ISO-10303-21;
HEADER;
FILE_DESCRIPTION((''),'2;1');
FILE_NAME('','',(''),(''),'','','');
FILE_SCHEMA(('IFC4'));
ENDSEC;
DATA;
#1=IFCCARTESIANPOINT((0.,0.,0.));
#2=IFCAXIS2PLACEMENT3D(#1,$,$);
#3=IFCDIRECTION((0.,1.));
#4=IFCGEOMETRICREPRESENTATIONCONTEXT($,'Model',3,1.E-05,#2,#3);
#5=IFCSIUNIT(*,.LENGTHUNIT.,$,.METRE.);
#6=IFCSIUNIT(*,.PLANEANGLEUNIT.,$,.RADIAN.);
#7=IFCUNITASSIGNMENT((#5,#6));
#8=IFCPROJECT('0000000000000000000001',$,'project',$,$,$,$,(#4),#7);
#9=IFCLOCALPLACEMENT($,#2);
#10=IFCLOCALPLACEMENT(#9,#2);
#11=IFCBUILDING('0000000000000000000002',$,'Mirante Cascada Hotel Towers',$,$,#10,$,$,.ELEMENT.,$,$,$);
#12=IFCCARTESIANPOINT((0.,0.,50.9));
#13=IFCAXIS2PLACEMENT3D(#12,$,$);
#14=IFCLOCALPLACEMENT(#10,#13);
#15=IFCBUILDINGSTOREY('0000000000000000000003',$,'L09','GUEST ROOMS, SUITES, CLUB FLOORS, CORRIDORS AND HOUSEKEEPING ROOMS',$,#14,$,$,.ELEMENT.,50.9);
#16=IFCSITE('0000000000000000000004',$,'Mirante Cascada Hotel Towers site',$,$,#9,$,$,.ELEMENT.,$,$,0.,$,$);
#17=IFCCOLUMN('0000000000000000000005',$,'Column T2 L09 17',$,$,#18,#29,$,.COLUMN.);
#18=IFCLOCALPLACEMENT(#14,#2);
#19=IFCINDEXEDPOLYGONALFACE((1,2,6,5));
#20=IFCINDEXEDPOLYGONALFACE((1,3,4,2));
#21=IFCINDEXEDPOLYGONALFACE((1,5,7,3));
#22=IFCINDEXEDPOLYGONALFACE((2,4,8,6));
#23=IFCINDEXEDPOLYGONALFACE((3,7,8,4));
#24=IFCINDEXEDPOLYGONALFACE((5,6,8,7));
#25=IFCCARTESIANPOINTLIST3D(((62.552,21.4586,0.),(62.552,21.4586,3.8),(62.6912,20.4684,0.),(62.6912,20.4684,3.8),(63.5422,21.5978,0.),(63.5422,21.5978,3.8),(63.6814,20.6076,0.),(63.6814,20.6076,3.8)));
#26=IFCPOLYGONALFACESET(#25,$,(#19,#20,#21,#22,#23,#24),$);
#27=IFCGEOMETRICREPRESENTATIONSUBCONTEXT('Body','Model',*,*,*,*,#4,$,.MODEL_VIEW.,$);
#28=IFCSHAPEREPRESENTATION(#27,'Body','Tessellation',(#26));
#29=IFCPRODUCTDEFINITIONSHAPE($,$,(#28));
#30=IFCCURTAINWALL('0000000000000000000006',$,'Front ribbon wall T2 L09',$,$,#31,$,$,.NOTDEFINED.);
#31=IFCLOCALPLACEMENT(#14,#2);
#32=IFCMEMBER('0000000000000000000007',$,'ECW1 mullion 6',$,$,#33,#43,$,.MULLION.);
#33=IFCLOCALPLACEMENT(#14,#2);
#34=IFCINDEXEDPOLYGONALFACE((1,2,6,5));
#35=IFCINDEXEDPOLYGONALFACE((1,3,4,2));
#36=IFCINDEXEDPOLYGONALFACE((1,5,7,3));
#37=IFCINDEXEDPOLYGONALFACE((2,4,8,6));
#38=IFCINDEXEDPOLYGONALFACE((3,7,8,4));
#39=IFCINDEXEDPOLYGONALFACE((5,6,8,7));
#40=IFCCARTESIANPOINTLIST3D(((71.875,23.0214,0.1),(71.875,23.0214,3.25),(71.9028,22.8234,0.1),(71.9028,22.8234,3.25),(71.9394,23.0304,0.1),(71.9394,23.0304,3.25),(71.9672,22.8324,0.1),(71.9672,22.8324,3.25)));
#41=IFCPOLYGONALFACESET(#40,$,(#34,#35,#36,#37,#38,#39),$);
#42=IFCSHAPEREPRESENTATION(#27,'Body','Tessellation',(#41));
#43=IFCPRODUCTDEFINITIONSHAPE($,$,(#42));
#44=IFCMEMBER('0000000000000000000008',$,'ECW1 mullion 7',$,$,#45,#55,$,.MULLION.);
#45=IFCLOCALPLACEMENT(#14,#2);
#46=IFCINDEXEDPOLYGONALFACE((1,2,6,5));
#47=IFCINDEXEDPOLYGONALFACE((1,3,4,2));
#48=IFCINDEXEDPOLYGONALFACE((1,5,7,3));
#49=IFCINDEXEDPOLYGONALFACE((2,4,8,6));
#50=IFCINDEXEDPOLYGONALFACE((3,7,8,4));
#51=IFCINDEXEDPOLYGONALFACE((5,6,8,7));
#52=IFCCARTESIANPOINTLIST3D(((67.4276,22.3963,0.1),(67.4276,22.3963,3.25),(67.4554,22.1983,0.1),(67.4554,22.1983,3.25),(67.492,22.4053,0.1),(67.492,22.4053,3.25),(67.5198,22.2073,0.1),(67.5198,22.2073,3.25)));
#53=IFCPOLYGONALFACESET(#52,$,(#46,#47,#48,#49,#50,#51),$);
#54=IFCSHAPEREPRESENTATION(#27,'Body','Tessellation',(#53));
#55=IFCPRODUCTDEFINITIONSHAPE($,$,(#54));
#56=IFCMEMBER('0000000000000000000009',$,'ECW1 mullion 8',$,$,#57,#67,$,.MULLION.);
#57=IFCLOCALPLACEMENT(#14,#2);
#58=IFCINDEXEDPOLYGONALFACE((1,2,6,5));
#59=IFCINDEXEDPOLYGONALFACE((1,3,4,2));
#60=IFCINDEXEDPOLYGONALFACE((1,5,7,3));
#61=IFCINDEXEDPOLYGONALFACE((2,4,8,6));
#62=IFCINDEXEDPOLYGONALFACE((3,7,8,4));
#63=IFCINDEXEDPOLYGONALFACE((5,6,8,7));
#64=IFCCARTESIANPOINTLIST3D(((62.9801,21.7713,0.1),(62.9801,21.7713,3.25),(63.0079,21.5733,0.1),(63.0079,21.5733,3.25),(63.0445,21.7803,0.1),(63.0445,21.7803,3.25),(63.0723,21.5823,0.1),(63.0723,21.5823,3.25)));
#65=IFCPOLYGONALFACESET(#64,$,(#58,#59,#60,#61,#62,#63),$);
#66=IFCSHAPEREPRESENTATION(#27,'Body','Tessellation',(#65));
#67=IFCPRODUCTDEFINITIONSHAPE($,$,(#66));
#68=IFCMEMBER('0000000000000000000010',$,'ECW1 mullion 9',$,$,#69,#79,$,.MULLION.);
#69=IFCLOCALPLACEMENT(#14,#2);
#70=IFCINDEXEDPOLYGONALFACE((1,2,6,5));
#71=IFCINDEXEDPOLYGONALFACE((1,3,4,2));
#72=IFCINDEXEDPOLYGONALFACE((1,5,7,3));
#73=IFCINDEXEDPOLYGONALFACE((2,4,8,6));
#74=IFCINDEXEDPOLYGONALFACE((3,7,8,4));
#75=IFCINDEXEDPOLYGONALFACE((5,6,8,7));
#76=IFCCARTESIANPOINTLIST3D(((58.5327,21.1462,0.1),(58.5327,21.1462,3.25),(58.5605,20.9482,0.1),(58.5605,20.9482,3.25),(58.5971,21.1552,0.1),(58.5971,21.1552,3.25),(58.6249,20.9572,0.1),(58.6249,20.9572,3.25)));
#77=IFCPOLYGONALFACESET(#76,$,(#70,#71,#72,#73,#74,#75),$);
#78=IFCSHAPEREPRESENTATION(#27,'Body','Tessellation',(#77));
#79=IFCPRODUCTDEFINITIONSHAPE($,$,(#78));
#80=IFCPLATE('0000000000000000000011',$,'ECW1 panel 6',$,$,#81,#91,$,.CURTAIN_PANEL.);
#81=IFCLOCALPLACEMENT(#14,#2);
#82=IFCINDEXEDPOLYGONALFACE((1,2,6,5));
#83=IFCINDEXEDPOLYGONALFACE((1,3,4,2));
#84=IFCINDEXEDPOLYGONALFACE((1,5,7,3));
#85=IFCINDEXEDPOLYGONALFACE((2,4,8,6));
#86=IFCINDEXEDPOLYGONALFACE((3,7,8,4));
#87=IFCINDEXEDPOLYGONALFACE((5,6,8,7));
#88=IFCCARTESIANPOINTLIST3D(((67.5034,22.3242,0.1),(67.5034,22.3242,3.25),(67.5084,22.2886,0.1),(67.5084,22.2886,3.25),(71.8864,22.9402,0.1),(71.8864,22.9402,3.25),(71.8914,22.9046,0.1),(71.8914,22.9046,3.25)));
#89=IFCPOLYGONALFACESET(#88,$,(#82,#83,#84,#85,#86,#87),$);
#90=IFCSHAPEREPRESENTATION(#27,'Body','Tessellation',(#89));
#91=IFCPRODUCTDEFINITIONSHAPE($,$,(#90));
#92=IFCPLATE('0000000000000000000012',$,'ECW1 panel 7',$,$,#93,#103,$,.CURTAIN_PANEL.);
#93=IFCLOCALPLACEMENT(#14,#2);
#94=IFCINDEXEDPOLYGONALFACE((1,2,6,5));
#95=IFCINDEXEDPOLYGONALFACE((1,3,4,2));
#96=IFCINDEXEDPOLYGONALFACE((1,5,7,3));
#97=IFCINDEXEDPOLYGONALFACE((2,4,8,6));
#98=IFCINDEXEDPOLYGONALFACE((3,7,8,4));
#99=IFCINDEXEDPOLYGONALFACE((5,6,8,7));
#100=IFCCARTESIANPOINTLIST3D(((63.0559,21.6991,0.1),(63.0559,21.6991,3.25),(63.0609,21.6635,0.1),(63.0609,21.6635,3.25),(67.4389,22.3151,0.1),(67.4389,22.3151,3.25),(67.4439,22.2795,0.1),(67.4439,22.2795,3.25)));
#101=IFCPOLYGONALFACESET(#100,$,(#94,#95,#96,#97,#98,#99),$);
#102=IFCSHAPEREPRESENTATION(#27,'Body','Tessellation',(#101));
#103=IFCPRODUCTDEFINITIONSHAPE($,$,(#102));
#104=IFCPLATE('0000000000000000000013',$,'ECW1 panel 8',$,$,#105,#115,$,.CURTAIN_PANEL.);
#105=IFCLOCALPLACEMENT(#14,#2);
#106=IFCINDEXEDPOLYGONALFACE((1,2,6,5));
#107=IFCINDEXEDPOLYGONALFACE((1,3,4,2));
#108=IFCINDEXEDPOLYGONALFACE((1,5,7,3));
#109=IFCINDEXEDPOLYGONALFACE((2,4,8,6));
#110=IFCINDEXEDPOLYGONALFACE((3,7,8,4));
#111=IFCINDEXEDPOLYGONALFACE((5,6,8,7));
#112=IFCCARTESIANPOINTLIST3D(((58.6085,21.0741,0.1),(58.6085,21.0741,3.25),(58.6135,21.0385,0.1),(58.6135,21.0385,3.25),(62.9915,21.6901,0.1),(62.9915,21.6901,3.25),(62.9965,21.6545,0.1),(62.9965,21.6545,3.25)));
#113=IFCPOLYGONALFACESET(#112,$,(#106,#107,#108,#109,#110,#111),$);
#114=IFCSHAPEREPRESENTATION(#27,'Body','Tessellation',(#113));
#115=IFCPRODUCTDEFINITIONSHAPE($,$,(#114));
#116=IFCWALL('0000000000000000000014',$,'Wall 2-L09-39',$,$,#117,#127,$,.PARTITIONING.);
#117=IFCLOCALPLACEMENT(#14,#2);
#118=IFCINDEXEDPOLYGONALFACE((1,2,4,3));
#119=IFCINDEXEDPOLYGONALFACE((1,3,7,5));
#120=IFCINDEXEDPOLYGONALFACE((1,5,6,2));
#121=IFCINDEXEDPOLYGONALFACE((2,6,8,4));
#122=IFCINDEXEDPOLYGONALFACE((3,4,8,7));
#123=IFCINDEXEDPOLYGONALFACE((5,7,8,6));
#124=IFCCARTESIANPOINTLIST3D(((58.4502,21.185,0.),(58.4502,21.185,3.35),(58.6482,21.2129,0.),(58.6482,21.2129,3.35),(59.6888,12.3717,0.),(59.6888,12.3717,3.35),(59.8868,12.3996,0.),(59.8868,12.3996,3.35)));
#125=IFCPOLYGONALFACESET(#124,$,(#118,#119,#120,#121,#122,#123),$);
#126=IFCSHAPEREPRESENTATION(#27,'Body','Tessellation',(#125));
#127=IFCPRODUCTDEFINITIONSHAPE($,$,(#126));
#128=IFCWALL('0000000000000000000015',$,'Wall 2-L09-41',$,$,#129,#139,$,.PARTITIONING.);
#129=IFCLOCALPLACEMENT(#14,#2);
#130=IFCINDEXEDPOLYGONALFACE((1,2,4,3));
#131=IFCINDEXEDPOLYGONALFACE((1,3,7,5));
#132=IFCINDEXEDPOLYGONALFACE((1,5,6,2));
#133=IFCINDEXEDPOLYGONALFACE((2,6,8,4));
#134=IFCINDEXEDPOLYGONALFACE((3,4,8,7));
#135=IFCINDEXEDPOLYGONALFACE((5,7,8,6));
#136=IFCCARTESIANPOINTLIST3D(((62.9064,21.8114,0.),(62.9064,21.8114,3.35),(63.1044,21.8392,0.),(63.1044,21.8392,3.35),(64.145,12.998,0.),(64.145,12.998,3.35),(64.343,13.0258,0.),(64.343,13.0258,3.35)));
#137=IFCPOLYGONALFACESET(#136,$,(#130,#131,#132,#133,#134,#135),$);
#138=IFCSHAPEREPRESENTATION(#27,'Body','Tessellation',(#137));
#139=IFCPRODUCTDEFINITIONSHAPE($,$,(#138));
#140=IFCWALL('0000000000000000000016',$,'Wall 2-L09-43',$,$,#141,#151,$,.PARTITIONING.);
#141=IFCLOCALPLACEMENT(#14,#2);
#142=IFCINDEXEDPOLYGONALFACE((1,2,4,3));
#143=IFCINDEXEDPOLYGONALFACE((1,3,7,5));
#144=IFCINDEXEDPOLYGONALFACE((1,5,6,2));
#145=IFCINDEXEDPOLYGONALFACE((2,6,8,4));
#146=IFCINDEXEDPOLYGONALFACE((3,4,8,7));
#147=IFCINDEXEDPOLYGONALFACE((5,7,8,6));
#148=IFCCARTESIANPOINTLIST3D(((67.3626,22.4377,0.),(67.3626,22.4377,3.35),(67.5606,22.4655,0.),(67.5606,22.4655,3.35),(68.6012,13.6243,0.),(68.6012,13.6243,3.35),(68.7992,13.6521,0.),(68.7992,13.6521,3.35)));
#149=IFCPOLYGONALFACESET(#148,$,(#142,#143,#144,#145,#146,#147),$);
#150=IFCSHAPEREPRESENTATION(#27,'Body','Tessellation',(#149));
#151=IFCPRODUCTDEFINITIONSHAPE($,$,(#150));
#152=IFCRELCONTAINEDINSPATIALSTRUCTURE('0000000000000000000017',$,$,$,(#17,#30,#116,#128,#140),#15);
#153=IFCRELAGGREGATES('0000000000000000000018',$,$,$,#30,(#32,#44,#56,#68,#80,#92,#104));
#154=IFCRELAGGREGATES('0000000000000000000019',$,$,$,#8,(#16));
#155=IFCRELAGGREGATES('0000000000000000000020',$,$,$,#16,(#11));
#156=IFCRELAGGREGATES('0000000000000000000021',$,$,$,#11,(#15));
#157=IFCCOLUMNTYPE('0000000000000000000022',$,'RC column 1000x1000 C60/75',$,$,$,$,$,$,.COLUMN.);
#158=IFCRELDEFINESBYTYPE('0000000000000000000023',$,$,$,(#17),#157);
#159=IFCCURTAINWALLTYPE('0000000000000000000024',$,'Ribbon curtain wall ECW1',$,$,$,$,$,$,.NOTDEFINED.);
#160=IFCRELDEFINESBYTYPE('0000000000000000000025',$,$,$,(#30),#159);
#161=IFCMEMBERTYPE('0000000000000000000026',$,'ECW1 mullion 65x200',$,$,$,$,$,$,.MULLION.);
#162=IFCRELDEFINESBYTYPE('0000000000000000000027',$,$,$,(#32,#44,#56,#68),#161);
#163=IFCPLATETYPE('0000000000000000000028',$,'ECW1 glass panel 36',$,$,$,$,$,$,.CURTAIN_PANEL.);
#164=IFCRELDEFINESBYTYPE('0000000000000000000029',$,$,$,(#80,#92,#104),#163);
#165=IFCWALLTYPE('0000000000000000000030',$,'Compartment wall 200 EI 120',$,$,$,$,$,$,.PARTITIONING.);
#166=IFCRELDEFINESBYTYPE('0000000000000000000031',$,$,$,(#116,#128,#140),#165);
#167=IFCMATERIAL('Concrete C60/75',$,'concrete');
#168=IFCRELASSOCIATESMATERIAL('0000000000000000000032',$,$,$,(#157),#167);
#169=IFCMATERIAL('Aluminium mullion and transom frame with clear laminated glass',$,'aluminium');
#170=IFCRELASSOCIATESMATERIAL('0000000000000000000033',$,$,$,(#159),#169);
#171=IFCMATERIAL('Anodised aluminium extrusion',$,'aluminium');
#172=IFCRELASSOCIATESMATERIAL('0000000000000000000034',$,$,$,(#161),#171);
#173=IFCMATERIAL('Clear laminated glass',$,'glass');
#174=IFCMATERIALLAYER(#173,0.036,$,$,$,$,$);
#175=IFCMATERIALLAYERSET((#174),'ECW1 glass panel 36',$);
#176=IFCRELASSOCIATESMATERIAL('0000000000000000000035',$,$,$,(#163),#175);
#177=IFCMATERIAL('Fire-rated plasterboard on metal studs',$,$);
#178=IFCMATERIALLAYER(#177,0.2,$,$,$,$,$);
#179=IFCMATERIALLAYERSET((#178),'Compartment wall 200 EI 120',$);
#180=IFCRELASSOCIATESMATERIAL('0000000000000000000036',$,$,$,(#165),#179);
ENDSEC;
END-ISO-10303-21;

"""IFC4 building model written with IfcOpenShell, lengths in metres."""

from ifc_helpers import new_model, si_unit, direction, frame, frame_2d, origin, origin_2d, place, context, subcontext, project, spatial, rectangle, extrude, material, layer, layer_set, material_profile, profile_set, type_object, element, aggregate, save


model = new_model("IFC4")

# Units and contexts
model_context = context("Model", 3, precision=1e-05, world=origin(), true_north=direction((0.0, 1.0)))
body_context = subcontext(model_context, "Body", "Model", "MODEL_VIEW")
ifc_project = project(units=[si_unit("LENGTHUNIT", "METRE"), si_unit("PLANEANGLEUNIT", "RADIAN")], contexts=[model_context])

# Site, building, storey
site_placement = place(None, origin())
site = spatial("IfcSite", under=ifc_project, at=site_placement, Name="Mirante Cascada Hotel Towers site", CompositionType="ELEMENT", RefElevation=0.0)
building_placement = place(site_placement, origin())
building = spatial("IfcBuilding", under=site, at=building_placement, Name="Mirante Cascada Hotel Towers", CompositionType="ELEMENT")
storey_placement = place(building_placement, frame((0.0, 0.0, 50.9)))
storey = spatial("IfcBuildingStorey", under=building, at=storey_placement, Name="L09", Description="GUEST ROOMS, SUITES, CLUB FLOORS, CORRIDORS AND HOUSEKEEPING ROOMS", CompositionType="ELEMENT", Elevation=50.9)

# Column
ifc_material_1 = material(Name="Concrete C60/75", Category="concrete")
ifc_material_profile_1 = material_profile(ifc_material_1, rectangle(XDim=1.0, YDim=1.0, at=origin_2d()), Name="RC column 1000x1000 C60/75")
ifc_profile_set_1 = profile_set([ifc_material_profile_1], Name="Concrete C60/75")
column_type = type_object("IfcColumnType", Name="RC column 1000x1000 C60/75", PredefinedType="COLUMN", material=ifc_profile_set_1)
column_placement = place(storey_placement, frame((63.1167, 21.0331, 0.0), z_axis=(0.0, 0.0, 1.0), x_axis=(0.990268, 0.139173, 0.0)))
element("IfcColumn", 1, at=column_placement, inside=storey, type_object=column_type, Name="Column T2 L09 17", PredefinedType="COLUMN", context=body_context, shape_type="SweptSolid", body=[
    extrude(rectangle(XDim=1.0, YDim=1.0, at=origin_2d()), origin(), (0.0, 0.0, 1.0), 3.8),
])

# Curtain wall, members, plates
ifc_material_2 = material(Name="Aluminium mullion and transom frame with clear laminated glass", Category="aluminium")
curtain_wall_type = type_object("IfcCurtainWallType", Name="Ribbon curtain wall ECW1", PredefinedType="NOTDEFINED", material=ifc_material_2)
curtain_wall_placement = place(storey_placement, origin())
curtain_wall = element("IfcCurtainWall", 2, at=curtain_wall_placement, inside=storey, type_object=curtain_wall_type, Name="Front ribbon wall T2 L09", PredefinedType="NOTDEFINED")
ifc_material_3 = material(Name="Anodised aluminium extrusion", Category="aluminium")
ifc_material_profile_2 = material_profile(ifc_material_3, rectangle(XDim=0.2, YDim=0.065, at=origin_2d()), Name="ECW1 MULLION 65x200")
ifc_profile_set_2 = profile_set([ifc_material_profile_2], Name="Anodised aluminium extrusion")
member_type = type_object("IfcMemberType", Name="ECW1 mullion 65x200", PredefinedType="MULLION", material=ifc_profile_set_2)
member_1_placement = place(storey_placement, frame((71.9211, 22.9269, 0.1), z_axis=(0.0, 0.0, 1.0), x_axis=(0.139173, -0.990268, 0.0)))
member_1 = element("IfcMember", 3, at=member_1_placement, type_object=member_type, Name="ECW1 mullion 6", PredefinedType="MULLION", context=body_context, shape_type="SweptSolid", body=[
    extrude(rectangle(XDim=0.2, YDim=0.065, at=origin_2d()), origin(), (0.0, 0.0, 1.0), 3.15),
])
member_2_placement = place(storey_placement, frame((67.4737, 22.3018, 0.1), z_axis=(0.0, 0.0, 1.0), x_axis=(0.139173, -0.990268, 0.0)))
member_2 = element("IfcMember", 4, at=member_2_placement, type_object=member_type, Name="ECW1 mullion 7", PredefinedType="MULLION", context=body_context, shape_type="SweptSolid", body=[
    extrude(rectangle(XDim=0.2, YDim=0.065, at=origin_2d()), origin(), (0.0, 0.0, 1.0), 3.15),
])
member_3_placement = place(storey_placement, frame((63.0262, 21.6768, 0.1), z_axis=(0.0, 0.0, 1.0), x_axis=(0.139173, -0.990268, 0.0)))
member_3 = element("IfcMember", 5, at=member_3_placement, type_object=member_type, Name="ECW1 mullion 8", PredefinedType="MULLION", context=body_context, shape_type="SweptSolid", body=[
    extrude(rectangle(XDim=0.2, YDim=0.065, at=origin_2d()), origin(), (0.0, 0.0, 1.0), 3.15),
])
member_4_placement = place(storey_placement, frame((58.5788, 21.0517, 0.1), z_axis=(0.0, 0.0, 1.0), x_axis=(0.139173, -0.990268, 0.0)))
member_4 = element("IfcMember", 6, at=member_4_placement, type_object=member_type, Name="ECW1 mullion 9", PredefinedType="MULLION", context=body_context, shape_type="SweptSolid", body=[
    extrude(rectangle(XDim=0.2, YDim=0.065, at=origin_2d()), origin(), (0.0, 0.0, 1.0), 3.15),
])
ifc_material_4 = material(Name="Clear laminated glass", Category="glass")
ifc_layer_1 = layer(ifc_material_4, 0.036)
ifc_layer_set_1 = layer_set([ifc_layer_1], Name="ECW1 glass panel 36")
plate_type = type_object("IfcPlateType", Name="ECW1 glass panel 36", PredefinedType="CURTAIN_PANEL", material=ifc_layer_set_1)
plate_1_placement = place(storey_placement, frame((69.6974, 22.6144, 0.1), z_axis=(0.0, 0.0, 1.0), x_axis=(-0.990268, -0.139173, 0.0)))
plate_1 = element("IfcPlate", 7, at=plate_1_placement, type_object=plate_type, Name="ECW1 panel 6", PredefinedType="CURTAIN_PANEL", context=body_context, shape_type="SweptSolid", body=[
    extrude(rectangle(XDim=4.4261, YDim=0.036, at=origin_2d()), origin(), (0.0, 0.0, 1.0), 3.15),
])
plate_2_placement = place(storey_placement, frame((65.2499, 21.9893, 0.1), z_axis=(0.0, 0.0, 1.0), x_axis=(-0.990268, -0.139173, 0.0)))
plate_2 = element("IfcPlate", 8, at=plate_2_placement, type_object=plate_type, Name="ECW1 panel 7", PredefinedType="CURTAIN_PANEL", context=body_context, shape_type="SweptSolid", body=[
    extrude(rectangle(XDim=4.4261, YDim=0.036, at=origin_2d()), origin(), (0.0, 0.0, 1.0), 3.15),
])
plate_3_placement = place(storey_placement, frame((60.8025, 21.3643, 0.1), z_axis=(0.0, 0.0, 1.0), x_axis=(-0.990268, -0.139173, 0.0)))
plate_3 = element("IfcPlate", 9, at=plate_3_placement, type_object=plate_type, Name="ECW1 panel 8", PredefinedType="CURTAIN_PANEL", context=body_context, shape_type="SweptSolid", body=[
    extrude(rectangle(XDim=4.4261, YDim=0.036, at=origin_2d()), origin(), (0.0, 0.0, 1.0), 3.15),
])
aggregate(curtain_wall, [member_1, member_2, member_3, member_4, plate_1, plate_2, plate_3])

# Walls
ifc_material_5 = material(Name="Fire-rated plasterboard on metal studs")
ifc_layer_2 = layer(ifc_material_5, 0.2)
ifc_layer_set_2 = layer_set([ifc_layer_2], Name="Compartment wall 200 EI 120")
wall_type_1 = type_object("IfcWallType", Name="Compartment wall 200 EI 120", PredefinedType="PARTITIONING", material=ifc_layer_set_2)
wall_1_placement = place(storey_placement, frame((58.5492, 21.199, 0.0), z_axis=(0.0, 0.0, 1.0), x_axis=(0.13917, -0.990268, 0.0)))
element("IfcWall", 10, at=wall_1_placement, inside=storey, type_object=wall_type_1, Name="Wall 2-L09-39", PredefinedType="PARTITIONING", context=body_context, shape_type="SweptSolid", body=[
    extrude(rectangle(XDim=8.8999, YDim=0.2, at=frame_2d((4.45, 0.0))), origin(), (0.0, 0.0, 1.0), 3.35),
])
for number, where, z_axis, x_axis, name in (
    (11, (63.0054, 21.8253, 0.0), (0.0, 0.0, 1.0), (0.139168, -0.990269, 0.0), "Wall 2-L09-41"),
    (12, (67.4616, 22.4516, 0.0), (0.0, 0.0, 1.0), (0.139168, -0.990269, 0.0), "Wall 2-L09-43"),
):
    element("IfcWall", number, at=place(storey_placement, frame(where, z_axis=z_axis, x_axis=x_axis)), inside=storey, type_object=wall_type_1, Name=name, PredefinedType="PARTITIONING", context=body_context, shape_type="SweptSolid", body=[
        extrude(rectangle(XDim=8.9, YDim=0.2, at=frame_2d((4.45, 0.0))), origin(), (0.0, 0.0, 1.0), 3.35),
    ])

save(model, "model.ifc")
